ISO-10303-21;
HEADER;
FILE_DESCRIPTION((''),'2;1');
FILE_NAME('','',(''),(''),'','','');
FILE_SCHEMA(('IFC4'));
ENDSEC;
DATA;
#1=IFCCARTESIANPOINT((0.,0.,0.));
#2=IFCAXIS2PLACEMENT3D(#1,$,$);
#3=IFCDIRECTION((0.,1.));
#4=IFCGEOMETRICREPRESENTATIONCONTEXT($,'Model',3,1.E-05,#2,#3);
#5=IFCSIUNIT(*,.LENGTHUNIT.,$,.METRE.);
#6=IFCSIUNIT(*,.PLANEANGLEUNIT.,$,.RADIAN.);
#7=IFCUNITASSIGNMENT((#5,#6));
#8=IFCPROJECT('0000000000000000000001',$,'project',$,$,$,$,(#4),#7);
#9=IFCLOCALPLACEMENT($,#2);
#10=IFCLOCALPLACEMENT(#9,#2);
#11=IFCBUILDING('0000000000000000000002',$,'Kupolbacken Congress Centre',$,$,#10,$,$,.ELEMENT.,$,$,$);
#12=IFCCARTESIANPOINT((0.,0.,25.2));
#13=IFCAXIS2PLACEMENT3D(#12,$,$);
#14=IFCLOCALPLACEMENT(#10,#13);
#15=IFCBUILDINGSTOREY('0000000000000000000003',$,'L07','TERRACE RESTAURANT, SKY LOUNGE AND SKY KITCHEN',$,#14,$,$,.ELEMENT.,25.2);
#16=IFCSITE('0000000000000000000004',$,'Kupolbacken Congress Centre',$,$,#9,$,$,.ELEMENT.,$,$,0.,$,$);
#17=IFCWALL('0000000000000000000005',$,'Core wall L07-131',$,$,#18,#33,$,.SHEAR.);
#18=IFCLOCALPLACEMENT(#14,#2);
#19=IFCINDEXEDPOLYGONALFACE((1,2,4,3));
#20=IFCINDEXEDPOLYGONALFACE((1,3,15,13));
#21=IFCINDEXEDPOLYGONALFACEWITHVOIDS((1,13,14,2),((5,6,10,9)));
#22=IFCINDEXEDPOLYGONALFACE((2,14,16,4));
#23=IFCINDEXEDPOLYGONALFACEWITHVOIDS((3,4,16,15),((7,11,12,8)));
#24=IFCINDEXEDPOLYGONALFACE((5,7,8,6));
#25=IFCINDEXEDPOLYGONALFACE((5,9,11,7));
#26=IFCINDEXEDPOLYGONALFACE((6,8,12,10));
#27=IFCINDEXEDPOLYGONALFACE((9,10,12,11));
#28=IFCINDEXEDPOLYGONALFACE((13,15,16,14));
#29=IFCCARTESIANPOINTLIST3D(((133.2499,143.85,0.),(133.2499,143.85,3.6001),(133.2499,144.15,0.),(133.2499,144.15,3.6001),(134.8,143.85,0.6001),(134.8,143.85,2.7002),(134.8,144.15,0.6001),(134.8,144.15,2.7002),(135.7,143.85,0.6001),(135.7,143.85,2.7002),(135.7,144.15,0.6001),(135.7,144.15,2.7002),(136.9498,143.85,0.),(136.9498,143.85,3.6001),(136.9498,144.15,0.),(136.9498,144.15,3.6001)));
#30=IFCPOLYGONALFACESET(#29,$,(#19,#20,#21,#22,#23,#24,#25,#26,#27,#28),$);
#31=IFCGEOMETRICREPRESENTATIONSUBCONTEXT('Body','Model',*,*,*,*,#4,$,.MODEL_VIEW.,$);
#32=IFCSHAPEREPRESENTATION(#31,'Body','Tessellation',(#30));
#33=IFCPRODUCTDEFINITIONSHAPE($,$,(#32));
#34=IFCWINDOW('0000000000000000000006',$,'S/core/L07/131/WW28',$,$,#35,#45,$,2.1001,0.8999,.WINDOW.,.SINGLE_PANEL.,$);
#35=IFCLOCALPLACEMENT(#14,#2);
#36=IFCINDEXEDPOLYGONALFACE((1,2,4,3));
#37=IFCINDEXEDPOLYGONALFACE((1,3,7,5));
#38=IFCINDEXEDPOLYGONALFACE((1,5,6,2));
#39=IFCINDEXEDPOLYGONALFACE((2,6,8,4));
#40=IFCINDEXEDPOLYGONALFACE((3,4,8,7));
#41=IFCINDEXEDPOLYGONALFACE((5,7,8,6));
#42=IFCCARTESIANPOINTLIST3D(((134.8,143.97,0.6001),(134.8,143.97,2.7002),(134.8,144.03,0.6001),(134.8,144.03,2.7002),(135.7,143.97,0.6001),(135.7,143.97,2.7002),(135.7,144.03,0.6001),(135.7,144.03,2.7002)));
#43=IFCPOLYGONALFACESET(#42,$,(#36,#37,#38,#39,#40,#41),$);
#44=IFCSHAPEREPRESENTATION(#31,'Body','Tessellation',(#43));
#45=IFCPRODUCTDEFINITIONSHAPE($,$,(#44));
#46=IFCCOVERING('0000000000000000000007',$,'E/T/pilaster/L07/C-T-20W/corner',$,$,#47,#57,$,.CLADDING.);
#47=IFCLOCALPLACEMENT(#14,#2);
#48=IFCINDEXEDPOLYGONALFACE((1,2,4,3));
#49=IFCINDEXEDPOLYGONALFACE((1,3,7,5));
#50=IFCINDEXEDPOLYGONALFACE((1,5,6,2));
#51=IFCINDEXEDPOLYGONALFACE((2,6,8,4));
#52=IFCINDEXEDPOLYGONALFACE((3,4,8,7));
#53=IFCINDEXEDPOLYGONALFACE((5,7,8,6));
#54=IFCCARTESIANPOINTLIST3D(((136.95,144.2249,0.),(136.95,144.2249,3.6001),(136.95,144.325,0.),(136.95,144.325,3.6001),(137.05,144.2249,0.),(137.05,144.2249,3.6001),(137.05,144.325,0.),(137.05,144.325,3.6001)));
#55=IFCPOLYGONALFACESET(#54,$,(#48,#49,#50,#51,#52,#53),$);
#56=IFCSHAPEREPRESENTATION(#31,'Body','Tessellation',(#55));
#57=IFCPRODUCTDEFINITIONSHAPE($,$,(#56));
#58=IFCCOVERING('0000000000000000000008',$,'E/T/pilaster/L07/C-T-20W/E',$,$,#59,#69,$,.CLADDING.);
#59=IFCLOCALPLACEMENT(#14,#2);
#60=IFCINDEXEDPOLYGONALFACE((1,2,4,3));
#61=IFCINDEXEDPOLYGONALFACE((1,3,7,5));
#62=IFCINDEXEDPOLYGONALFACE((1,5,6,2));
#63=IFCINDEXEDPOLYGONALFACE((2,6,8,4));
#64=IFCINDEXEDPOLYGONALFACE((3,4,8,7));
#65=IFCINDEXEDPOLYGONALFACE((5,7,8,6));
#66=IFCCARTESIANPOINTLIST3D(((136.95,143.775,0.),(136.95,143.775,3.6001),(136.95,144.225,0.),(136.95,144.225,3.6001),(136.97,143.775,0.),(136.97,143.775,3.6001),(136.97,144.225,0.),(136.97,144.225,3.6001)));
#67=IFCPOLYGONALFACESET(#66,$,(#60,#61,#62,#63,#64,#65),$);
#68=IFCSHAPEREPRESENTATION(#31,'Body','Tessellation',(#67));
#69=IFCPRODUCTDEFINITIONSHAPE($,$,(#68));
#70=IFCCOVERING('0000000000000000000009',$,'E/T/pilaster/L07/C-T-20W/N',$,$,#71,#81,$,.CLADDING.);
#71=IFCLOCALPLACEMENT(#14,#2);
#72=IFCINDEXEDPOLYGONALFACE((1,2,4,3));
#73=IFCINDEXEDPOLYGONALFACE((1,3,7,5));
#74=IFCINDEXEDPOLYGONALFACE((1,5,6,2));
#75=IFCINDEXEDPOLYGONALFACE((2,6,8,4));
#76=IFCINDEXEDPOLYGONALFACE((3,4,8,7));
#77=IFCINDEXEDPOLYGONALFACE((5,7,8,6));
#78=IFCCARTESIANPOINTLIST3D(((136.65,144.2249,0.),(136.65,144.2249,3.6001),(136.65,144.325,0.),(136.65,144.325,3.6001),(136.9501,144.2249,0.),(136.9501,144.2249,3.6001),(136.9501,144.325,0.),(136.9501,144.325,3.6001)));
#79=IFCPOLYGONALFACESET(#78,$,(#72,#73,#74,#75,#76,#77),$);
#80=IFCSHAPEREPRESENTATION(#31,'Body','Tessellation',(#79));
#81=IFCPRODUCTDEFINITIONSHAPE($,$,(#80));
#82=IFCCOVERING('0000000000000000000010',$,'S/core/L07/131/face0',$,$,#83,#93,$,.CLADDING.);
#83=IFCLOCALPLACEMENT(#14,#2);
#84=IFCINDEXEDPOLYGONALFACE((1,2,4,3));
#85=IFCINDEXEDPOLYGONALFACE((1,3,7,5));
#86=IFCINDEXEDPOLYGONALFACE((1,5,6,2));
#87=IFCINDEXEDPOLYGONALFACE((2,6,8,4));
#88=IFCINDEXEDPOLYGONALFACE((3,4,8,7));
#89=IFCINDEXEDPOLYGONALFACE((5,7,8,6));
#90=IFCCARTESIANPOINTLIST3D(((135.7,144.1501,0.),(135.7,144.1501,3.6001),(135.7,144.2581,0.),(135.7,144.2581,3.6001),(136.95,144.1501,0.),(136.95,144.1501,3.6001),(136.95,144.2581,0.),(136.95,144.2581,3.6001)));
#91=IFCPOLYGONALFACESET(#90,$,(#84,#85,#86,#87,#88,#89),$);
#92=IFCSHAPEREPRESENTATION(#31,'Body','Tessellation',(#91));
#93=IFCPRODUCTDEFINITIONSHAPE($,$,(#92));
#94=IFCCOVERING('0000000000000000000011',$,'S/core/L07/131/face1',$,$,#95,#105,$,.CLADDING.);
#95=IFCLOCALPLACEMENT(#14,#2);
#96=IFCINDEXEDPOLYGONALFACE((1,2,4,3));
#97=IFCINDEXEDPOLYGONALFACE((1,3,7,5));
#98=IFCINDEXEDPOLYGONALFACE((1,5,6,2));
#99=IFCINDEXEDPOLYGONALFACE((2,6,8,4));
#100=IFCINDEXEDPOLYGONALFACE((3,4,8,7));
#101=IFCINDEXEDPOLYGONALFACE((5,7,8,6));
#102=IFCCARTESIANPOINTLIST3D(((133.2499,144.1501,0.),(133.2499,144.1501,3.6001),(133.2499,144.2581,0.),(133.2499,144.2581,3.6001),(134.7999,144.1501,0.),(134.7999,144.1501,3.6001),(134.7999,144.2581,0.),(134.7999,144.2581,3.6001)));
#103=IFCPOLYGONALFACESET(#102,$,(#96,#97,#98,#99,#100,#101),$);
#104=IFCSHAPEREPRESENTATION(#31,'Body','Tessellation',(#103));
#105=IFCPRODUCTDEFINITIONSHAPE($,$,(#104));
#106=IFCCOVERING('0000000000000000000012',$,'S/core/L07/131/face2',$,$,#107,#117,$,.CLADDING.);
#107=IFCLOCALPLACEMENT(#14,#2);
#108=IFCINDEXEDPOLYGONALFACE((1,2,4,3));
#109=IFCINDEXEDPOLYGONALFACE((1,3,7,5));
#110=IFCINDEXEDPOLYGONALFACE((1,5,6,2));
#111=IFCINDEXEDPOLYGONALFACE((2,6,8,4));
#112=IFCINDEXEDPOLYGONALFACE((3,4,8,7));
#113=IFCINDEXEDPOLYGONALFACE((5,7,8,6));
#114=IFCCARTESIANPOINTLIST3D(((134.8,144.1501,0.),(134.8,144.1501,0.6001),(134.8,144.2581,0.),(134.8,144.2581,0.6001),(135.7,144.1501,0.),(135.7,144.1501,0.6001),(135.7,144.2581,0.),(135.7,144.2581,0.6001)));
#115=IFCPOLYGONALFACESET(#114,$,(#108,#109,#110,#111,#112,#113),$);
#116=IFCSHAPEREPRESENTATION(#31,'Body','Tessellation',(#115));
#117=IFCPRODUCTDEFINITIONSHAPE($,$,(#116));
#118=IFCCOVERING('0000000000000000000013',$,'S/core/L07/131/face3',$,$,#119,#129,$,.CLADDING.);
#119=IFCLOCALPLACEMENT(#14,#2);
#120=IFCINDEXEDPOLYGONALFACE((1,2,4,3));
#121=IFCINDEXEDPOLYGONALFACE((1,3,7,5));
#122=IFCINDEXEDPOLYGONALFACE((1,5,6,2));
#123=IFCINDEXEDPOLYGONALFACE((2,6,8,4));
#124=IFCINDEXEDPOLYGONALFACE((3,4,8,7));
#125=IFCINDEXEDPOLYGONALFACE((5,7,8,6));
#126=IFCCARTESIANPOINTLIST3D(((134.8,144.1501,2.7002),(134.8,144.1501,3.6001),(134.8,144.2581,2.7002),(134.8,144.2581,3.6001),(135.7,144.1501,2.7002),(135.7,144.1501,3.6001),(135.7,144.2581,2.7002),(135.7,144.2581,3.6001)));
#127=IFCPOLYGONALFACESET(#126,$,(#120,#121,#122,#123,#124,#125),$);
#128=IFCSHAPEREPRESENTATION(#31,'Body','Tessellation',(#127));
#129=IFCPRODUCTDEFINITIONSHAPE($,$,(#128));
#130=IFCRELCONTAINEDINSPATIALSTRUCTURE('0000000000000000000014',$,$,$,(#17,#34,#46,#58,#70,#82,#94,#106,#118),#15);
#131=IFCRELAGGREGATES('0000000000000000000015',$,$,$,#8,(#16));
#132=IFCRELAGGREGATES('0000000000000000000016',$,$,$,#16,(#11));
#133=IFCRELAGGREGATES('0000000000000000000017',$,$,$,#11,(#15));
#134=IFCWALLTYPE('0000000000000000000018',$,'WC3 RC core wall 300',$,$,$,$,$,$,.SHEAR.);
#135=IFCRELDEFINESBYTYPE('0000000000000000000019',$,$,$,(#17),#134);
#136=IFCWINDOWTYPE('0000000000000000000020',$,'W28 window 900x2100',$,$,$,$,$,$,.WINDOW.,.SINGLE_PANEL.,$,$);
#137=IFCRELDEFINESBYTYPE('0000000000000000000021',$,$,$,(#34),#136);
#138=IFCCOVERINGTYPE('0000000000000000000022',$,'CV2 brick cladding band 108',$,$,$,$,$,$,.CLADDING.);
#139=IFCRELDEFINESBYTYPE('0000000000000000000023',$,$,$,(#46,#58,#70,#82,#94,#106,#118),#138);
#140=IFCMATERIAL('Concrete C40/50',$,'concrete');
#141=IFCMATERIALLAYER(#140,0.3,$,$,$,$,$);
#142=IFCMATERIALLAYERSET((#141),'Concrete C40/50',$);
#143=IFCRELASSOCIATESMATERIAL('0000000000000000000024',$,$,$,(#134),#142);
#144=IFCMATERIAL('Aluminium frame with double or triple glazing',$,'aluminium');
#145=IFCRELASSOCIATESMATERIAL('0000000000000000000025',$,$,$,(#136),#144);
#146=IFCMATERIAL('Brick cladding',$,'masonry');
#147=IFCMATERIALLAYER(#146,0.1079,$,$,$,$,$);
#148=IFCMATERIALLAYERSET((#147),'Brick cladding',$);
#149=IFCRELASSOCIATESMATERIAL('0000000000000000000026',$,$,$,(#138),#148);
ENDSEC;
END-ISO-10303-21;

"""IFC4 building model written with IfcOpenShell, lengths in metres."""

from ifc_helpers import new_model, si_unit, direction, frame, frame_2d, origin, origin_2d, place, context, subcontext, project, spatial, rectangle, extrude, material, layer, layer_set, type_object, element, fill, save


model = new_model("IFC4")

# Units and contexts
model_context = context("Model", 3, precision=1e-05, world=origin(), true_north=direction((0.0, 1.0)))
body_context = subcontext(model_context, "Body", "Model", "MODEL_VIEW")
ifc_project = project(units=[si_unit("LENGTHUNIT", "METRE"), si_unit("PLANEANGLEUNIT", "RADIAN")], contexts=[model_context])

# Site, building, storey
site_placement = place(None, origin())
site = spatial("IfcSite", under=ifc_project, at=site_placement, Name="Kupolbacken Congress Centre", CompositionType="ELEMENT", RefElevation=0.0)
building_placement = place(site_placement, origin())
building = spatial("IfcBuilding", under=site, at=building_placement, Name="Kupolbacken Congress Centre", CompositionType="ELEMENT")
storey_placement = place(building_placement, frame((0.0, 0.0, 25.2)))
storey = spatial("IfcBuildingStorey", under=building, at=storey_placement, Name="L07", Description="TERRACE RESTAURANT, SKY LOUNGE AND SKY KITCHEN", CompositionType="ELEMENT", Elevation=25.2)

# Shared definitions
ifc_material_1 = material(Name="Concrete C40/50", Category="concrete")
ifc_layer_1 = layer(ifc_material_1, 0.3)
ifc_layer_set_1 = layer_set([ifc_layer_1], Name="Concrete C40/50")
wall_type = type_object("IfcWallType", Name="WC3 RC core wall 300", PredefinedType="SHEAR", material=ifc_layer_set_1)

# Wall, opening, window
wall_1_placement = place(storey_placement, frame((136.95, 144.0, 0.0), z_axis=(0.0, 0.0, 1.0), x_axis=(-1.0, 0.0, 0.0)))
wall_1 = element("IfcWall", 1, at=wall_1_placement, inside=storey, type_object=wall_type, Name="Core wall L07-131", PredefinedType="SHEAR", context=body_context, shape_type="SweptSolid", body=[
    extrude(rectangle(XDim=3.7, YDim=0.3, at=frame_2d((1.8501, 0.0))), origin(), (0.0, 0.0, 1.0), 3.6001),
])
opening_placement = place(wall_1_placement, frame((1.25, 0.0, 0.6001)))
opening = element("IfcOpeningElement", 2, at=opening_placement, cuts=wall_1, PredefinedType="OPENING", context=body_context, shape_type="SweptSolid", body=[
    extrude(rectangle(XDim=0.8999, YDim=2.1001, at=frame_2d((0.45, 1.05))), frame((0.0, 0.1599, 0.0), z_axis=(0.0, -1.0, 0.0), x_axis=(1.0, 0.0, 0.0)), (0.0, 0.0, 1.0), 0.3201),
])
ifc_material_2 = material(Name="Aluminium frame with double or triple glazing", Category="aluminium")
window_type = type_object("IfcWindowType", Name="W28 window 900x2100", PartitioningType="SINGLE_PANEL", PredefinedType="WINDOW", material=ifc_material_2)
window_placement = place(opening_placement, origin())
window = element("IfcWindow", 3, at=window_placement, inside=storey, type_object=window_type, Name="S/core/L07/131/WW28", OverallHeight=2.1001, OverallWidth=0.8999, PartitioningType="SINGLE_PANEL", PredefinedType="WINDOW", context=body_context, shape_type="SweptSolid", body=[
    extrude(rectangle(XDim=0.8999, YDim=2.1001, at=frame_2d((0.45, 1.05))), frame((0.0, 0.03, 0.0), z_axis=(0.0, -1.0, 0.0), x_axis=(1.0, 0.0, 0.0)), (0.0, 0.0, 1.0), 0.0601),
])
fill(opening, window)

# Coverings
ifc_material_3 = material(Name="Brick cladding", Category="masonry")
ifc_layer_2 = layer(ifc_material_3, 0.1079)
ifc_layer_set_2 = layer_set([ifc_layer_2], Name="Brick cladding")
covering_type = type_object("IfcCoveringType", Name="CV2 brick cladding band 108", PredefinedType="CLADDING", material=ifc_layer_set_2)
covering_1_placement = place(storey_placement, frame((137.0, 144.2749, 0.0), z_axis=(0.0, 0.0, 1.0), x_axis=(1.0, 0.0, 0.0)))
element("IfcCovering", 4, at=covering_1_placement, inside=storey, type_object=covering_type, Name="E/T/pilaster/L07/C-T-20W/corner", PredefinedType="CLADDING", context=body_context, shape_type="SweptSolid", body=[
    extrude(rectangle(XDim=0.1001, YDim=0.1001, at=origin_2d()), origin(), (0.0, 0.0, 1.0), 3.6001),
])
covering_2_placement = place(storey_placement, frame((136.96, 144.0, 0.0), z_axis=(0.0, 0.0, 1.0), x_axis=(1.0, 0.0, 0.0)))
element("IfcCovering", 5, at=covering_2_placement, inside=storey, type_object=covering_type, Name="E/T/pilaster/L07/C-T-20W/E", PredefinedType="CLADDING", context=body_context, shape_type="SweptSolid", body=[
    extrude(rectangle(XDim=0.02, YDim=0.45, at=origin_2d()), origin(), (0.0, 0.0, 1.0), 3.6001),
])
covering_3_placement = place(storey_placement, frame((136.8, 144.2749, 0.0), z_axis=(0.0, 0.0, 1.0), x_axis=(1.0, 0.0, 0.0)))
element("IfcCovering", 6, at=covering_3_placement, inside=storey, type_object=covering_type, Name="E/T/pilaster/L07/C-T-20W/N", PredefinedType="CLADDING", context=body_context, shape_type="SweptSolid", body=[
    extrude(rectangle(XDim=0.3, YDim=0.1001, at=origin_2d()), origin(), (0.0, 0.0, 1.0), 3.6001),
])
covering_4_placement = place(storey_placement, frame((136.325, 144.2041, 0.0), z_axis=(0.0, 0.0, 1.0), x_axis=(-1.0, 0.0, 0.0)))
element("IfcCovering", 7, at=covering_4_placement, inside=storey, type_object=covering_type, Name="S/core/L07/131/face0", PredefinedType="CLADDING", context=body_context, shape_type="SweptSolid", body=[
    extrude(rectangle(XDim=1.25, YDim=0.1079, at=origin_2d()), origin(), (0.0, 0.0, 1.0), 3.6001),
])
covering_5_placement = place(storey_placement, frame((134.0249, 144.2041, 0.0), z_axis=(0.0, 0.0, 1.0), x_axis=(-1.0, 0.0, 0.0)))
element("IfcCovering", 8, at=covering_5_placement, inside=storey, type_object=covering_type, Name="S/core/L07/131/face1", PredefinedType="CLADDING", context=body_context, shape_type="SweptSolid", body=[
    extrude(rectangle(XDim=1.55, YDim=0.1079, at=origin_2d()), origin(), (0.0, 0.0, 1.0), 3.6001),
])
covering_6_placement = place(storey_placement, frame((135.25, 144.2041, 0.0), z_axis=(0.0, 0.0, 1.0), x_axis=(-1.0, 0.0, 0.0)))
element("IfcCovering", 9, at=covering_6_placement, inside=storey, type_object=covering_type, Name="S/core/L07/131/face2", PredefinedType="CLADDING", context=body_context, shape_type="SweptSolid", body=[
    extrude(rectangle(XDim=0.8999, YDim=0.1079, at=origin_2d()), origin(), (0.0, 0.0, 1.0), 0.6001),
])
covering_7_placement = place(storey_placement, frame((135.25, 144.2041, 2.7002), z_axis=(0.0, 0.0, 1.0), x_axis=(-1.0, 0.0, 0.0)))
element("IfcCovering", 10, at=covering_7_placement, inside=storey, type_object=covering_type, Name="S/core/L07/131/face3", PredefinedType="CLADDING", context=body_context, shape_type="SweptSolid", body=[
    extrude(rectangle(XDim=0.8999, YDim=0.1079, at=origin_2d()), origin(), (0.0, 0.0, 1.0), 0.8999),
])

save(model, "model.ifc")
